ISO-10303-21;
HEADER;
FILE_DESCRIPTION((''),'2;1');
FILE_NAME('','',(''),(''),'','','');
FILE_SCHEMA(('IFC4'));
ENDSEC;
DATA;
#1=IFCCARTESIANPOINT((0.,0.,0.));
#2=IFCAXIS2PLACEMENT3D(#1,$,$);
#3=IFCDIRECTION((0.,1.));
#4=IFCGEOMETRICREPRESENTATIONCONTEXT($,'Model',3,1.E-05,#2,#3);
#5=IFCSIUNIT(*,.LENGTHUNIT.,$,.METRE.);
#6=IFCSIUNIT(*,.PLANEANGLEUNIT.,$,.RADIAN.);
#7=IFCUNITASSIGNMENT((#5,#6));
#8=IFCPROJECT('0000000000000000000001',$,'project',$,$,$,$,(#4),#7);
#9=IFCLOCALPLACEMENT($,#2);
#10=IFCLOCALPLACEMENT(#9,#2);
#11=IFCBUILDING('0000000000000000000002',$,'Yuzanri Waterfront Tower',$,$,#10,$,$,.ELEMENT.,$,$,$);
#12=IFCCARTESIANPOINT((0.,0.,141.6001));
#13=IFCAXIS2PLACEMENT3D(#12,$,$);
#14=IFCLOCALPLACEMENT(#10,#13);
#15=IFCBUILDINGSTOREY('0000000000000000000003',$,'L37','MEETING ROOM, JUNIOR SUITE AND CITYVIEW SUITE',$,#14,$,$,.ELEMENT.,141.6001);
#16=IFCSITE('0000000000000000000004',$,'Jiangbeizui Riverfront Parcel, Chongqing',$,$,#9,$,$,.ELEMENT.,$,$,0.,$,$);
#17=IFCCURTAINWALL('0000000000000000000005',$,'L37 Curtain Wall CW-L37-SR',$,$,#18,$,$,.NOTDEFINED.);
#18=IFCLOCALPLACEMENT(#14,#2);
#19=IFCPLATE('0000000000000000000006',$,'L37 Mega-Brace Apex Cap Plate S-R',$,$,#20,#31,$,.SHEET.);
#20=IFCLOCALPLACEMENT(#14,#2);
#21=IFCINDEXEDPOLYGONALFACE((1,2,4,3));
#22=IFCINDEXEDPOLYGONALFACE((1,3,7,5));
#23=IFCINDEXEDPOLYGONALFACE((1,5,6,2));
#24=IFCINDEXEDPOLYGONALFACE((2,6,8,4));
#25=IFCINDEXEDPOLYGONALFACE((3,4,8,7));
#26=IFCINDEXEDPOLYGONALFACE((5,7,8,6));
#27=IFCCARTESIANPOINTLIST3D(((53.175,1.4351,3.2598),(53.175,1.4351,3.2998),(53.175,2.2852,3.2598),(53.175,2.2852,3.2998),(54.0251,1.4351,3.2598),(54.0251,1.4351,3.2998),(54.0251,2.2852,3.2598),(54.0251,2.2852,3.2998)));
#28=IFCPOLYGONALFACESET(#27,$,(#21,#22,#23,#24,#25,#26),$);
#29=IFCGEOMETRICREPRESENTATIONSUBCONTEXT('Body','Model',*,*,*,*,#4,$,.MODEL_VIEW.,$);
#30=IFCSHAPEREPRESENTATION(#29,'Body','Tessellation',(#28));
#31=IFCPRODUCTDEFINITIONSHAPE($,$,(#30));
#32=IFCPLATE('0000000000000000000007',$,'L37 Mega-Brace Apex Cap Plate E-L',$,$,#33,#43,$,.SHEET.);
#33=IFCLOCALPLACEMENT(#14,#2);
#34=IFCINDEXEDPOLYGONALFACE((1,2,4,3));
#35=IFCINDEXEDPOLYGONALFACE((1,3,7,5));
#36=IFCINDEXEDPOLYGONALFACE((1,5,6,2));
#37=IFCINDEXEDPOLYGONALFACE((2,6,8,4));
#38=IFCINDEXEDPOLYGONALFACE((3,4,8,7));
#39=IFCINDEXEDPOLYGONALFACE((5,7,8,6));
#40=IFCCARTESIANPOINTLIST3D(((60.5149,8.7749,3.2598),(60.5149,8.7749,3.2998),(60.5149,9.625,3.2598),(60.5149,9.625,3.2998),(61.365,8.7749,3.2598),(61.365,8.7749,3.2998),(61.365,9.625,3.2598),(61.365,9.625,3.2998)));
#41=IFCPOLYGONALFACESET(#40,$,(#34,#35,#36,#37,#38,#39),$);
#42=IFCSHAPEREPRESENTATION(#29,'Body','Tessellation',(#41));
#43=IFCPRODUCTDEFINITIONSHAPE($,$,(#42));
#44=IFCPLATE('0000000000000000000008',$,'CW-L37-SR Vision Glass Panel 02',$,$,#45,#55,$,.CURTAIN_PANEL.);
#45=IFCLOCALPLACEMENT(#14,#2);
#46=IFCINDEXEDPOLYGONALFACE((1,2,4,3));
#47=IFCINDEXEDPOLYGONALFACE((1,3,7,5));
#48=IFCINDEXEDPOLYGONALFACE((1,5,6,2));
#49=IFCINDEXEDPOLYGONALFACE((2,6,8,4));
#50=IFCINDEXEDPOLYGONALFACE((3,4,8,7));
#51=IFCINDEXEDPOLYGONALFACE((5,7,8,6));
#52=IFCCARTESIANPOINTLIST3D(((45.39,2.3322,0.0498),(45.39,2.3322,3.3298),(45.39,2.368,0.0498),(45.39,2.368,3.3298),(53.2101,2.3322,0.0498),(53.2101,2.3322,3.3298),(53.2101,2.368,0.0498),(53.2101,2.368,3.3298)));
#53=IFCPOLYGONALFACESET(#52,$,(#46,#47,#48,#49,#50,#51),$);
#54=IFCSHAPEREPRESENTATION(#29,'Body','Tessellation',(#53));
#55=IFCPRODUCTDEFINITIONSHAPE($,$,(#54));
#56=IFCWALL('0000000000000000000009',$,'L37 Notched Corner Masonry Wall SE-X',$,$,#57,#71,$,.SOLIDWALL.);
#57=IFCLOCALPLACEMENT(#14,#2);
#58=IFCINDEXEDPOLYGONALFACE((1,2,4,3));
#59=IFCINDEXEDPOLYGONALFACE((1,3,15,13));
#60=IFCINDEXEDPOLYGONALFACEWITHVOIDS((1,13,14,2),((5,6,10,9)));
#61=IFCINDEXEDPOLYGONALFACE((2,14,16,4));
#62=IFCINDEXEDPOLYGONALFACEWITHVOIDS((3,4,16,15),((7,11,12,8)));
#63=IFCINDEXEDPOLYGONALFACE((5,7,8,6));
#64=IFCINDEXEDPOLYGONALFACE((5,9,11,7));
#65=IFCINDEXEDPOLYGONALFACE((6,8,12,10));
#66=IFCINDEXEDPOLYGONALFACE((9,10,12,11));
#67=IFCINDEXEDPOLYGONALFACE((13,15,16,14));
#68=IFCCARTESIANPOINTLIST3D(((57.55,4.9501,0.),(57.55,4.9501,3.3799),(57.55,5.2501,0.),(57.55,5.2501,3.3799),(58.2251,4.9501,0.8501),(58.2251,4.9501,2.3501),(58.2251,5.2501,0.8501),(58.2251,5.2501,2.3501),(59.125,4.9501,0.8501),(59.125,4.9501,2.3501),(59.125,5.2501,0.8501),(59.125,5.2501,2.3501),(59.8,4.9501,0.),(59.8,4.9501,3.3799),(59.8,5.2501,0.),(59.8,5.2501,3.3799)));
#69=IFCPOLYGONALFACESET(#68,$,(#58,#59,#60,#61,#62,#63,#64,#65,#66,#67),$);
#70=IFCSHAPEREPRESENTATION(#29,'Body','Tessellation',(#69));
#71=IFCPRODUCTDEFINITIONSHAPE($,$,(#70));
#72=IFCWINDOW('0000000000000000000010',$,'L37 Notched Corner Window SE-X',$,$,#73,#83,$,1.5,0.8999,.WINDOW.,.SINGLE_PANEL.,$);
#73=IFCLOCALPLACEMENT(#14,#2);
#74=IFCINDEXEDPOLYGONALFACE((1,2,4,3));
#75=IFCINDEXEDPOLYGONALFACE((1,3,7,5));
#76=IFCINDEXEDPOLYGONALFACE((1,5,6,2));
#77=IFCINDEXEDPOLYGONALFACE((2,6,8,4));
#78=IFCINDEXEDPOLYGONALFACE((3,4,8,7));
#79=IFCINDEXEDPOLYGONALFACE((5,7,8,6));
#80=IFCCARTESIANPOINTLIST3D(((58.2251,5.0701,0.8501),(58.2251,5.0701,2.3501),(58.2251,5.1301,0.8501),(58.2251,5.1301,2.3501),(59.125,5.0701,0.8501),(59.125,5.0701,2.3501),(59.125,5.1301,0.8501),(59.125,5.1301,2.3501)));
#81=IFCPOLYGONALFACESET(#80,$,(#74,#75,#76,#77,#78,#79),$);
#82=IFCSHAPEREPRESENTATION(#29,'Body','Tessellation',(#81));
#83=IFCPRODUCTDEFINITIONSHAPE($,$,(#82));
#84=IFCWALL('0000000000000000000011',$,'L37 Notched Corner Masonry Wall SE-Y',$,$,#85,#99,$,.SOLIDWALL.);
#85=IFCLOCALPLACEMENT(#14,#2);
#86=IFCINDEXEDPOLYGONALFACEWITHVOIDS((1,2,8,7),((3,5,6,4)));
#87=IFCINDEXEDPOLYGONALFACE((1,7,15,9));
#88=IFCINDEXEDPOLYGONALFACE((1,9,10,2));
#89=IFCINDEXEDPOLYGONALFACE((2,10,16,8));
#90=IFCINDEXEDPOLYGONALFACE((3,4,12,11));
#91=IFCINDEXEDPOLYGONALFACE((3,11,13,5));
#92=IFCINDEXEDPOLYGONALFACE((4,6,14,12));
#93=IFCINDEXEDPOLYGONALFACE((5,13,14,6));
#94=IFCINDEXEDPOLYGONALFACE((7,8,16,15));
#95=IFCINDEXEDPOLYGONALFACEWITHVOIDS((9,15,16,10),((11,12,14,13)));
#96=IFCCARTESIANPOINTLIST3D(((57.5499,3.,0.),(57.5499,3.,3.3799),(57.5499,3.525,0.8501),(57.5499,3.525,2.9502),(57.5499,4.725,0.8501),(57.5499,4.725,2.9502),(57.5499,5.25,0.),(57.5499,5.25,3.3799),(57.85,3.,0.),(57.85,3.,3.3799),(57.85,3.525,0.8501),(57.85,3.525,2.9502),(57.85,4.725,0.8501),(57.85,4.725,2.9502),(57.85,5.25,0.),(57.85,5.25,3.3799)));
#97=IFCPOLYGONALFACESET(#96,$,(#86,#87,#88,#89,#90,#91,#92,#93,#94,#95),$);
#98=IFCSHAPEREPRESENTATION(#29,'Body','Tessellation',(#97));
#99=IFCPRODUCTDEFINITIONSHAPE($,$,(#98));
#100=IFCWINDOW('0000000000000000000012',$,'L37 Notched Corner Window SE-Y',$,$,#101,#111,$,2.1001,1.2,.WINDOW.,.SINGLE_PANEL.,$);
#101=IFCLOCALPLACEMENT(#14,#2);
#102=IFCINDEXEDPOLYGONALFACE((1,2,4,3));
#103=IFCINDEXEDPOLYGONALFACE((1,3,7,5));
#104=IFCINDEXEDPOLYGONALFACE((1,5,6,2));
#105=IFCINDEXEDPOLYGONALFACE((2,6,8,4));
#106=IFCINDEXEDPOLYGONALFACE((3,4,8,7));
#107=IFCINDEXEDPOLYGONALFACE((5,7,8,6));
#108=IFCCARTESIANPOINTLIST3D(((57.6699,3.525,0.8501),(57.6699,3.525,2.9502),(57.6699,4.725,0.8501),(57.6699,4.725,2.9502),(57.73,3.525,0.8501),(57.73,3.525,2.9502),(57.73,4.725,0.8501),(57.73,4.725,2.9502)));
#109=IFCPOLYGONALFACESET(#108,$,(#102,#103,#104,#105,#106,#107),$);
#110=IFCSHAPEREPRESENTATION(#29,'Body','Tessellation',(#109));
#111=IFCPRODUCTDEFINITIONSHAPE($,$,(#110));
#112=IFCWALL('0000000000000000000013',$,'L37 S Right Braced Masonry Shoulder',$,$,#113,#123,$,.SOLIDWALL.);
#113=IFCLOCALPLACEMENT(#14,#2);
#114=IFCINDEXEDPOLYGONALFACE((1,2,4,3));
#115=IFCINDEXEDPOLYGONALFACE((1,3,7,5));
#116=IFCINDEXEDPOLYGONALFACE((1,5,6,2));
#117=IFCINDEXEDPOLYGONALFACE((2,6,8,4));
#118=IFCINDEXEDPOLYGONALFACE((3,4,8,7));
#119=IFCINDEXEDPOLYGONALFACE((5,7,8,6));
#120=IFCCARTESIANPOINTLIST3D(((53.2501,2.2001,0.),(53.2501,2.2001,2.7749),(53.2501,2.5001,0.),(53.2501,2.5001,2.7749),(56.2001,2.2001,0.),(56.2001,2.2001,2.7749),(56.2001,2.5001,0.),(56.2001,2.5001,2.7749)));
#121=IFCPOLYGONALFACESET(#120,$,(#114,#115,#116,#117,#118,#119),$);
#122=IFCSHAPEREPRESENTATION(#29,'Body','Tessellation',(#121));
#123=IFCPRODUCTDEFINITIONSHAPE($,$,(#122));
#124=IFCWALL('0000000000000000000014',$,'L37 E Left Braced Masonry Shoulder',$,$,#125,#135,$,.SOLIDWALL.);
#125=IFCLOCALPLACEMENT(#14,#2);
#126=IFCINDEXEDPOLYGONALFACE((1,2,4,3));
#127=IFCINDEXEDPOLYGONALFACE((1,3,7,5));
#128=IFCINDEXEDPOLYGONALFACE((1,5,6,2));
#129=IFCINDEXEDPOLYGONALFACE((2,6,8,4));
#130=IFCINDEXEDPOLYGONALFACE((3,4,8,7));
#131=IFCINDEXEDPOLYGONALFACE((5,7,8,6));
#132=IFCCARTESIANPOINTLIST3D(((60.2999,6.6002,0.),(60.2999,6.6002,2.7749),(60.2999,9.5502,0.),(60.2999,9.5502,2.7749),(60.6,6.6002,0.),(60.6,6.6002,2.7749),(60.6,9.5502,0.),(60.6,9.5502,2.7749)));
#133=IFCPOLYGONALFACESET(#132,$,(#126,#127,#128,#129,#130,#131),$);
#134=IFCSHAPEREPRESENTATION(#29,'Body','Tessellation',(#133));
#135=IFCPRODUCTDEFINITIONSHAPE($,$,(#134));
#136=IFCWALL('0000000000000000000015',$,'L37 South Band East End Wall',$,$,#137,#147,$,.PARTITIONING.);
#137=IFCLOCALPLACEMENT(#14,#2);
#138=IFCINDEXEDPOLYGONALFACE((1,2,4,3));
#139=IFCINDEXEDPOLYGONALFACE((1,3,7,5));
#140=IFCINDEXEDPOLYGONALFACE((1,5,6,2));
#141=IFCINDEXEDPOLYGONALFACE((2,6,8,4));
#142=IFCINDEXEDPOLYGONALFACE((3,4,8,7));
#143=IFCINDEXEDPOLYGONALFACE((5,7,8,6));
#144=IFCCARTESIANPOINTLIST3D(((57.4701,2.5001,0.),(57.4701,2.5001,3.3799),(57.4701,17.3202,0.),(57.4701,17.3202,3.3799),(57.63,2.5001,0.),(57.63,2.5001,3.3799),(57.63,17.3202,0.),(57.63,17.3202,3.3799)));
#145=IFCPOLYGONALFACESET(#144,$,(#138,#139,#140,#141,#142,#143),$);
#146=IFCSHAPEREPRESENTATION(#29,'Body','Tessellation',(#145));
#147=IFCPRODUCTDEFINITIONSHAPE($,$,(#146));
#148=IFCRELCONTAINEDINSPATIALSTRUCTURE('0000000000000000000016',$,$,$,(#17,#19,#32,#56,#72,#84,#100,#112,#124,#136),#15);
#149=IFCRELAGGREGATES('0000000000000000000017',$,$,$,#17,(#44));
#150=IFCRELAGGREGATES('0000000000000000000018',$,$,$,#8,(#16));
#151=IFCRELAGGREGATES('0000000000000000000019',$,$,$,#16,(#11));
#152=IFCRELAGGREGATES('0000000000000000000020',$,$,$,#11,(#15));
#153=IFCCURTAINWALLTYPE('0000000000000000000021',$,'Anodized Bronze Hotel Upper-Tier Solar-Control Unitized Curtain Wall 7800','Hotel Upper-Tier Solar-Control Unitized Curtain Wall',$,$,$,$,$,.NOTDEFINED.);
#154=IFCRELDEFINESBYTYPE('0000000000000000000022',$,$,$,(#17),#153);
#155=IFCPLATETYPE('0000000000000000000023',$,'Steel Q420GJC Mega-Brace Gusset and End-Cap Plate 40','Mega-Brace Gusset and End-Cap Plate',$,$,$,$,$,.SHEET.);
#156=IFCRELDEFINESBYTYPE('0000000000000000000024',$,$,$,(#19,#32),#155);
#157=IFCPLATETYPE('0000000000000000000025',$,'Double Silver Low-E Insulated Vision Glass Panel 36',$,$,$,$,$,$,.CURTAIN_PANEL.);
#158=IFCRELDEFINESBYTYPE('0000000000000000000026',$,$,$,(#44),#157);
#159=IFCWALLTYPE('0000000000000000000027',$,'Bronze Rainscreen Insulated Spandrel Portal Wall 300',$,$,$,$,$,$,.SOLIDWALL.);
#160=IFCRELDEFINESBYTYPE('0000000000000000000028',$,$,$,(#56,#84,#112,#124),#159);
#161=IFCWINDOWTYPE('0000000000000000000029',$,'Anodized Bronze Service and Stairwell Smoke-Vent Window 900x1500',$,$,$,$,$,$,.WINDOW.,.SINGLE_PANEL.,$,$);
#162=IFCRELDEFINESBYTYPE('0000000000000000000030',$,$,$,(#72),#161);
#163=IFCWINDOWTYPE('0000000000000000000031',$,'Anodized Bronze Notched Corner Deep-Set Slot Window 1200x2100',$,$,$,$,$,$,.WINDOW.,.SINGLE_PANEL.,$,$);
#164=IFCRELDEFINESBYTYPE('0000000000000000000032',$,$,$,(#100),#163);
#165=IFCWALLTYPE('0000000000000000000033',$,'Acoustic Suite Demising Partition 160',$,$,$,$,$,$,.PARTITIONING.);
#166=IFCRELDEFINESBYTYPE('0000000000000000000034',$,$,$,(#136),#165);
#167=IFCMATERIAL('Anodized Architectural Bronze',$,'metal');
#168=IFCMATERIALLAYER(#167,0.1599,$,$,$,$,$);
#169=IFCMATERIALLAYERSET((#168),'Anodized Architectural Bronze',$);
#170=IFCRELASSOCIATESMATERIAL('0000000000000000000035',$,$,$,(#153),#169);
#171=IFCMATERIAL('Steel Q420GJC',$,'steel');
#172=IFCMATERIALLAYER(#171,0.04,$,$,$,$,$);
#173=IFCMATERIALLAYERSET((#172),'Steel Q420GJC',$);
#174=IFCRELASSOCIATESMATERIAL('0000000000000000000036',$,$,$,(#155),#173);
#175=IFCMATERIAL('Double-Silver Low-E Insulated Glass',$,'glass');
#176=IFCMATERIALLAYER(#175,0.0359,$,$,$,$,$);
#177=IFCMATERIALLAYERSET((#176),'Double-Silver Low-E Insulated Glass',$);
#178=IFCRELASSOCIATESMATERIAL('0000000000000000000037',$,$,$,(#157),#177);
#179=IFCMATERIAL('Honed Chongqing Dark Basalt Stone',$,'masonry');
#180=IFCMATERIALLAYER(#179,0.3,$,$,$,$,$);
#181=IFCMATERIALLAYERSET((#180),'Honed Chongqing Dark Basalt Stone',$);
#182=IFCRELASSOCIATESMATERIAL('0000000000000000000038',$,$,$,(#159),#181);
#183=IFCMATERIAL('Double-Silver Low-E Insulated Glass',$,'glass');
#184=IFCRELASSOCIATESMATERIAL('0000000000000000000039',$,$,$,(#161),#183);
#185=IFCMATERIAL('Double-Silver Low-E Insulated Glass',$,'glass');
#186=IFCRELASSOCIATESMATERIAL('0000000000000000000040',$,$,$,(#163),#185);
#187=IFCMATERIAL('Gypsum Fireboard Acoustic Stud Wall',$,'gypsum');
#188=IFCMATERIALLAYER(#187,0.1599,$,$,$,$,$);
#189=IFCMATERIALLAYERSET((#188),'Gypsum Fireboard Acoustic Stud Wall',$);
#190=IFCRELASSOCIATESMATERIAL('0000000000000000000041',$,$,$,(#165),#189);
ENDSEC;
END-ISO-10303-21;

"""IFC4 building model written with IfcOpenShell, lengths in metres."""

from ifc_helpers import new_model, si_unit, direction, frame, frame_2d, origin, origin_2d, place, context, subcontext, project, spatial, rectangle, extrude, source, transform, mapped, material, layer, layer_set, type_object, element, fill, aggregate, save


model = new_model("IFC4")

# Units and contexts
model_context = context("Model", 3, precision=1e-05, world=origin(), true_north=direction((0.0, 1.0)))
body_context = subcontext(model_context, "Body", "Model", "MODEL_VIEW")
ifc_project = project(units=[si_unit("LENGTHUNIT", "METRE"), si_unit("PLANEANGLEUNIT", "RADIAN")], contexts=[model_context])

# Site, building, storey
site_placement = place(None, origin())
site = spatial("IfcSite", under=ifc_project, at=site_placement, Name="Jiangbeizui Riverfront Parcel, Chongqing", CompositionType="ELEMENT", RefElevation=0.0)
building_placement = place(site_placement, origin())
building = spatial("IfcBuilding", under=site, at=building_placement, Name="Yuzanri Waterfront Tower", CompositionType="ELEMENT")
storey_placement = place(building_placement, frame((0.0, 0.0, 141.6001)))
storey = spatial("IfcBuildingStorey", under=building, at=storey_placement, Name="L37", Description="MEETING ROOM, JUNIOR SUITE AND CITYVIEW SUITE", CompositionType="ELEMENT", Elevation=141.6001)

# Curtain wall
ifc_material_1 = material(Name="Anodized Architectural Bronze", Category="metal")
ifc_layer_1 = layer(ifc_material_1, 0.1599)
ifc_layer_set_1 = layer_set([ifc_layer_1], Name="Anodized Architectural Bronze")
curtain_wall_type = type_object("IfcCurtainWallType", Name="Anodized Bronze Hotel Upper-Tier Solar-Control Unitized Curtain Wall 7800", Description="Hotel Upper-Tier Solar-Control Unitized Curtain Wall", PredefinedType="NOTDEFINED", material=ifc_layer_set_1)
curtain_wall_1_placement = place(storey_placement, origin())
curtain_wall_1 = element("IfcCurtainWall", 1, at=curtain_wall_1_placement, inside=storey, type_object=curtain_wall_type, Name="L37 Curtain Wall CW-L37-SR", PredefinedType="NOTDEFINED")

# Plates
ifc_material_2 = material(Name="Steel Q420GJC", Category="steel")
ifc_layer_2 = layer(ifc_material_2, 0.04)
ifc_layer_set_2 = layer_set([ifc_layer_2], Name="Steel Q420GJC")
plate_type_1 = type_object("IfcPlateType", Name="Steel Q420GJC Mega-Brace Gusset and End-Cap Plate 40", Description="Mega-Brace Gusset and End-Cap Plate", PredefinedType="SHEET", material=ifc_layer_set_2)
shared_shape_1 = source(origin(), body_context, "Body", "SweptSolid", [
    extrude(rectangle(XDim=0.8501, YDim=0.8501, at=origin_2d()), origin(), (0.0, 0.0, 1.0), 0.04),
])
for number, where, z_axis, x_axis, name in (
    (2, (53.6001, 1.8601, 3.2598), (0.0, 0.0, 1.0), (1.0, 0.0, 0.0), "L37 Mega-Brace Apex Cap Plate S-R"),
    (3, (60.9399, 9.2, 3.2598), (0.0, 0.0, 1.0), (1.0, 0.0, 0.0), "L37 Mega-Brace Apex Cap Plate E-L"),
):
    element("IfcPlate", number, at=place(storey_placement, frame(where, z_axis=z_axis, x_axis=x_axis)), inside=storey, type_object=plate_type_1, Name=name, PredefinedType="SHEET", context=body_context, shape_type="MappedRepresentation", body=[
        mapped(shared_shape_1, transform((0.0, 0.0, 0.0), scale=1.0)),
    ])

# Plate
ifc_material_3 = material(Name="Double-Silver Low-E Insulated Glass", Category="glass")
ifc_layer_3 = layer(ifc_material_3, 0.0359)
ifc_layer_set_3 = layer_set([ifc_layer_3], Name="Double-Silver Low-E Insulated Glass")
plate_type_2 = type_object("IfcPlateType", Name="Double Silver Low-E Insulated Vision Glass Panel 36", PredefinedType="CURTAIN_PANEL", material=ifc_layer_set_3)
shared_shape_2 = source(origin(), body_context, "Body", "SweptSolid", [
    extrude(rectangle(XDim=7.8201, YDim=0.0359, at=origin_2d()), origin(), (0.0, 0.0, 1.0), 3.28),
])
plate_placement = place(storey_placement, frame((49.3, 2.3501, 0.0498), z_axis=(0.0, 0.0, 1.0), x_axis=(1.0, 0.0, 0.0)))
plate = element("IfcPlate", 4, at=plate_placement, type_object=plate_type_2, Name="CW-L37-SR Vision Glass Panel 02", PredefinedType="CURTAIN_PANEL", context=body_context, shape_type="MappedRepresentation", body=[
    mapped(shared_shape_2, transform((0.0, 0.0, 0.0), scale=1.0)),
])
aggregate(curtain_wall_1, [plate])

# Walls, openings, windows
ifc_material_4 = material(Name="Honed Chongqing Dark Basalt Stone", Category="masonry")
ifc_layer_4 = layer(ifc_material_4, 0.3)
ifc_layer_set_4 = layer_set([ifc_layer_4], Name="Honed Chongqing Dark Basalt Stone")
wall_type_1 = type_object("IfcWallType", Name="Bronze Rainscreen Insulated Spandrel Portal Wall 300", PredefinedType="SOLIDWALL", material=ifc_layer_set_4)
wall_1_placement = place(storey_placement, frame((57.55, 5.1001, 0.0), z_axis=(0.0, 0.0, 1.0), x_axis=(1.0, 0.0, 0.0)))
wall_1 = element("IfcWall", 5, at=wall_1_placement, inside=storey, type_object=wall_type_1, Name="L37 Notched Corner Masonry Wall SE-X", PredefinedType="SOLIDWALL", context=body_context, shape_type="SweptSolid", body=[
    extrude(rectangle(XDim=2.25, YDim=0.3, at=frame_2d((1.125, 0.0))), origin(), (0.0, 0.0, 1.0), 3.3799),
])
opening_1_placement = place(wall_1_placement, frame((0.675, 0.0, 0.8501)))
opening_1 = element("IfcOpeningElement", 6, at=opening_1_placement, cuts=wall_1, PredefinedType="OPENING", context=body_context, shape_type="SweptSolid", body=[
    extrude(rectangle(XDim=0.8999, YDim=1.5, at=frame_2d((0.45, 0.75))), frame((0.0, 0.165, 0.0), z_axis=(0.0, -1.0, 0.0), x_axis=(1.0, 0.0, 0.0)), (0.0, 0.0, 1.0), 0.3298),
])
ifc_material_5 = material(Name="Double-Silver Low-E Insulated Glass", Category="glass")
window_type_1 = type_object("IfcWindowType", Name="Anodized Bronze Service and Stairwell Smoke-Vent Window 900x1500", PartitioningType="SINGLE_PANEL", PredefinedType="WINDOW", material=ifc_material_5)
shared_shape_3 = source(origin(), body_context, "Body", "SweptSolid", [
    extrude(rectangle(XDim=0.8999, YDim=1.5, at=frame_2d((0.45, 0.75))), frame((0.0, 0.03, 0.0), z_axis=(0.0, -1.0, 0.0), x_axis=(1.0, 0.0, 0.0)), (0.0, 0.0, 1.0), 0.0601),
])
window_1_placement = place(opening_1_placement, origin())
window_1 = element("IfcWindow", 7, at=window_1_placement, inside=storey, type_object=window_type_1, Name="L37 Notched Corner Window SE-X", OverallHeight=1.5, OverallWidth=0.8999, PartitioningType="SINGLE_PANEL", PredefinedType="WINDOW", context=body_context, shape_type="MappedRepresentation", body=[
    mapped(shared_shape_3, transform((0.0, 0.0, 0.0), scale=1.0)),
])
fill(opening_1, window_1)
wall_2_placement = place(storey_placement, frame((57.7, 3.0, 0.0), z_axis=(0.0, 0.0, 1.0), x_axis=(0.0, 1.0, 0.0)))
wall_2 = element("IfcWall", 8, at=wall_2_placement, inside=storey, type_object=wall_type_1, Name="L37 Notched Corner Masonry Wall SE-Y", PredefinedType="SOLIDWALL", context=body_context, shape_type="SweptSolid", body=[
    extrude(rectangle(XDim=2.25, YDim=0.3, at=frame_2d((1.125, 0.0))), origin(), (0.0, 0.0, 1.0), 3.3799),
])
opening_2_placement = place(wall_2_placement, frame((0.5249, 0.0, 0.8501)))
opening_2 = element("IfcOpeningElement", 9, at=opening_2_placement, cuts=wall_2, PredefinedType="OPENING", context=body_context, shape_type="SweptSolid", body=[
    extrude(rectangle(XDim=1.2, YDim=2.1001, at=frame_2d((0.6001, 1.05))), frame((0.0, 0.165, 0.0), z_axis=(0.0, -1.0, 0.0), x_axis=(1.0, 0.0, 0.0)), (0.0, 0.0, 1.0), 0.3298),
])
ifc_material_6 = material(Name="Double-Silver Low-E Insulated Glass", Category="glass")
window_type_2 = type_object("IfcWindowType", Name="Anodized Bronze Notched Corner Deep-Set Slot Window 1200x2100", PartitioningType="SINGLE_PANEL", PredefinedType="WINDOW", material=ifc_material_6)
shared_shape_4 = source(origin(), body_context, "Body", "SweptSolid", [
    extrude(rectangle(XDim=1.2, YDim=2.1001, at=frame_2d((0.6001, 1.05))), frame((0.0, 0.03, 0.0), z_axis=(0.0, -1.0, 0.0), x_axis=(1.0, 0.0, 0.0)), (0.0, 0.0, 1.0), 0.0601),
])
window_2_placement = place(opening_2_placement, origin())
window_2 = element("IfcWindow", 10, at=window_2_placement, inside=storey, type_object=window_type_2, Name="L37 Notched Corner Window SE-Y", OverallHeight=2.1001, OverallWidth=1.2, PartitioningType="SINGLE_PANEL", PredefinedType="WINDOW", context=body_context, shape_type="MappedRepresentation", body=[
    mapped(shared_shape_4, transform((0.0, 0.0, 0.0), scale=1.0)),
])
fill(opening_2, window_2)

# Walls
shared_shape_5 = source(origin(), body_context, "Body", "SweptSolid", [
    extrude(rectangle(XDim=2.95, YDim=0.3, at=frame_2d((1.4751, 0.0))), origin(), (0.0, 0.0, 1.0), 2.7749),
])
for number, where, z_axis, x_axis, name in (
    (11, (53.25, 2.3501, 0.0), (0.0, 0.0, 1.0), (1.0, 0.0, 0.0), "L37 S Right Braced Masonry Shoulder"),
    (12, (60.45, 6.6001, 0.0), (0.0, 0.0, 1.0), (0.0, 1.0, 0.0), "L37 E Left Braced Masonry Shoulder"),
):
    element("IfcWall", number, at=place(storey_placement, frame(where, z_axis=z_axis, x_axis=x_axis)), inside=storey, type_object=wall_type_1, Name=name, PredefinedType="SOLIDWALL", context=body_context, shape_type="MappedRepresentation", body=[
        mapped(shared_shape_5, transform((0.0, 0.0, 0.0), scale=1.0)),
    ])
ifc_material_7 = material(Name="Gypsum Fireboard Acoustic Stud Wall", Category="gypsum")
ifc_layer_5 = layer(ifc_material_7, 0.1599)
ifc_layer_set_5 = layer_set([ifc_layer_5], Name="Gypsum Fireboard Acoustic Stud Wall")
wall_type_2 = type_object("IfcWallType", Name="Acoustic Suite Demising Partition 160", PredefinedType="PARTITIONING", material=ifc_layer_set_5)
shared_shape_6 = source(origin(), body_context, "Body", "SweptSolid", [
    extrude(rectangle(XDim=14.8201, YDim=0.1599, at=frame_2d((7.4102, 0.0))), origin(), (0.0, 0.0, 1.0), 3.3799),
])
wall_3_placement = place(storey_placement, frame((57.55, 2.5, 0.0), z_axis=(0.0, 0.0, 1.0), x_axis=(0.0, 1.0, 0.0)))
element("IfcWall", 13, at=wall_3_placement, inside=storey, type_object=wall_type_2, Name="L37 South Band East End Wall", PredefinedType="PARTITIONING", context=body_context, shape_type="MappedRepresentation", body=[
    mapped(shared_shape_6, transform((0.0, 0.0, 0.0), scale=1.0)),
])

save(model, "model.ifc")
